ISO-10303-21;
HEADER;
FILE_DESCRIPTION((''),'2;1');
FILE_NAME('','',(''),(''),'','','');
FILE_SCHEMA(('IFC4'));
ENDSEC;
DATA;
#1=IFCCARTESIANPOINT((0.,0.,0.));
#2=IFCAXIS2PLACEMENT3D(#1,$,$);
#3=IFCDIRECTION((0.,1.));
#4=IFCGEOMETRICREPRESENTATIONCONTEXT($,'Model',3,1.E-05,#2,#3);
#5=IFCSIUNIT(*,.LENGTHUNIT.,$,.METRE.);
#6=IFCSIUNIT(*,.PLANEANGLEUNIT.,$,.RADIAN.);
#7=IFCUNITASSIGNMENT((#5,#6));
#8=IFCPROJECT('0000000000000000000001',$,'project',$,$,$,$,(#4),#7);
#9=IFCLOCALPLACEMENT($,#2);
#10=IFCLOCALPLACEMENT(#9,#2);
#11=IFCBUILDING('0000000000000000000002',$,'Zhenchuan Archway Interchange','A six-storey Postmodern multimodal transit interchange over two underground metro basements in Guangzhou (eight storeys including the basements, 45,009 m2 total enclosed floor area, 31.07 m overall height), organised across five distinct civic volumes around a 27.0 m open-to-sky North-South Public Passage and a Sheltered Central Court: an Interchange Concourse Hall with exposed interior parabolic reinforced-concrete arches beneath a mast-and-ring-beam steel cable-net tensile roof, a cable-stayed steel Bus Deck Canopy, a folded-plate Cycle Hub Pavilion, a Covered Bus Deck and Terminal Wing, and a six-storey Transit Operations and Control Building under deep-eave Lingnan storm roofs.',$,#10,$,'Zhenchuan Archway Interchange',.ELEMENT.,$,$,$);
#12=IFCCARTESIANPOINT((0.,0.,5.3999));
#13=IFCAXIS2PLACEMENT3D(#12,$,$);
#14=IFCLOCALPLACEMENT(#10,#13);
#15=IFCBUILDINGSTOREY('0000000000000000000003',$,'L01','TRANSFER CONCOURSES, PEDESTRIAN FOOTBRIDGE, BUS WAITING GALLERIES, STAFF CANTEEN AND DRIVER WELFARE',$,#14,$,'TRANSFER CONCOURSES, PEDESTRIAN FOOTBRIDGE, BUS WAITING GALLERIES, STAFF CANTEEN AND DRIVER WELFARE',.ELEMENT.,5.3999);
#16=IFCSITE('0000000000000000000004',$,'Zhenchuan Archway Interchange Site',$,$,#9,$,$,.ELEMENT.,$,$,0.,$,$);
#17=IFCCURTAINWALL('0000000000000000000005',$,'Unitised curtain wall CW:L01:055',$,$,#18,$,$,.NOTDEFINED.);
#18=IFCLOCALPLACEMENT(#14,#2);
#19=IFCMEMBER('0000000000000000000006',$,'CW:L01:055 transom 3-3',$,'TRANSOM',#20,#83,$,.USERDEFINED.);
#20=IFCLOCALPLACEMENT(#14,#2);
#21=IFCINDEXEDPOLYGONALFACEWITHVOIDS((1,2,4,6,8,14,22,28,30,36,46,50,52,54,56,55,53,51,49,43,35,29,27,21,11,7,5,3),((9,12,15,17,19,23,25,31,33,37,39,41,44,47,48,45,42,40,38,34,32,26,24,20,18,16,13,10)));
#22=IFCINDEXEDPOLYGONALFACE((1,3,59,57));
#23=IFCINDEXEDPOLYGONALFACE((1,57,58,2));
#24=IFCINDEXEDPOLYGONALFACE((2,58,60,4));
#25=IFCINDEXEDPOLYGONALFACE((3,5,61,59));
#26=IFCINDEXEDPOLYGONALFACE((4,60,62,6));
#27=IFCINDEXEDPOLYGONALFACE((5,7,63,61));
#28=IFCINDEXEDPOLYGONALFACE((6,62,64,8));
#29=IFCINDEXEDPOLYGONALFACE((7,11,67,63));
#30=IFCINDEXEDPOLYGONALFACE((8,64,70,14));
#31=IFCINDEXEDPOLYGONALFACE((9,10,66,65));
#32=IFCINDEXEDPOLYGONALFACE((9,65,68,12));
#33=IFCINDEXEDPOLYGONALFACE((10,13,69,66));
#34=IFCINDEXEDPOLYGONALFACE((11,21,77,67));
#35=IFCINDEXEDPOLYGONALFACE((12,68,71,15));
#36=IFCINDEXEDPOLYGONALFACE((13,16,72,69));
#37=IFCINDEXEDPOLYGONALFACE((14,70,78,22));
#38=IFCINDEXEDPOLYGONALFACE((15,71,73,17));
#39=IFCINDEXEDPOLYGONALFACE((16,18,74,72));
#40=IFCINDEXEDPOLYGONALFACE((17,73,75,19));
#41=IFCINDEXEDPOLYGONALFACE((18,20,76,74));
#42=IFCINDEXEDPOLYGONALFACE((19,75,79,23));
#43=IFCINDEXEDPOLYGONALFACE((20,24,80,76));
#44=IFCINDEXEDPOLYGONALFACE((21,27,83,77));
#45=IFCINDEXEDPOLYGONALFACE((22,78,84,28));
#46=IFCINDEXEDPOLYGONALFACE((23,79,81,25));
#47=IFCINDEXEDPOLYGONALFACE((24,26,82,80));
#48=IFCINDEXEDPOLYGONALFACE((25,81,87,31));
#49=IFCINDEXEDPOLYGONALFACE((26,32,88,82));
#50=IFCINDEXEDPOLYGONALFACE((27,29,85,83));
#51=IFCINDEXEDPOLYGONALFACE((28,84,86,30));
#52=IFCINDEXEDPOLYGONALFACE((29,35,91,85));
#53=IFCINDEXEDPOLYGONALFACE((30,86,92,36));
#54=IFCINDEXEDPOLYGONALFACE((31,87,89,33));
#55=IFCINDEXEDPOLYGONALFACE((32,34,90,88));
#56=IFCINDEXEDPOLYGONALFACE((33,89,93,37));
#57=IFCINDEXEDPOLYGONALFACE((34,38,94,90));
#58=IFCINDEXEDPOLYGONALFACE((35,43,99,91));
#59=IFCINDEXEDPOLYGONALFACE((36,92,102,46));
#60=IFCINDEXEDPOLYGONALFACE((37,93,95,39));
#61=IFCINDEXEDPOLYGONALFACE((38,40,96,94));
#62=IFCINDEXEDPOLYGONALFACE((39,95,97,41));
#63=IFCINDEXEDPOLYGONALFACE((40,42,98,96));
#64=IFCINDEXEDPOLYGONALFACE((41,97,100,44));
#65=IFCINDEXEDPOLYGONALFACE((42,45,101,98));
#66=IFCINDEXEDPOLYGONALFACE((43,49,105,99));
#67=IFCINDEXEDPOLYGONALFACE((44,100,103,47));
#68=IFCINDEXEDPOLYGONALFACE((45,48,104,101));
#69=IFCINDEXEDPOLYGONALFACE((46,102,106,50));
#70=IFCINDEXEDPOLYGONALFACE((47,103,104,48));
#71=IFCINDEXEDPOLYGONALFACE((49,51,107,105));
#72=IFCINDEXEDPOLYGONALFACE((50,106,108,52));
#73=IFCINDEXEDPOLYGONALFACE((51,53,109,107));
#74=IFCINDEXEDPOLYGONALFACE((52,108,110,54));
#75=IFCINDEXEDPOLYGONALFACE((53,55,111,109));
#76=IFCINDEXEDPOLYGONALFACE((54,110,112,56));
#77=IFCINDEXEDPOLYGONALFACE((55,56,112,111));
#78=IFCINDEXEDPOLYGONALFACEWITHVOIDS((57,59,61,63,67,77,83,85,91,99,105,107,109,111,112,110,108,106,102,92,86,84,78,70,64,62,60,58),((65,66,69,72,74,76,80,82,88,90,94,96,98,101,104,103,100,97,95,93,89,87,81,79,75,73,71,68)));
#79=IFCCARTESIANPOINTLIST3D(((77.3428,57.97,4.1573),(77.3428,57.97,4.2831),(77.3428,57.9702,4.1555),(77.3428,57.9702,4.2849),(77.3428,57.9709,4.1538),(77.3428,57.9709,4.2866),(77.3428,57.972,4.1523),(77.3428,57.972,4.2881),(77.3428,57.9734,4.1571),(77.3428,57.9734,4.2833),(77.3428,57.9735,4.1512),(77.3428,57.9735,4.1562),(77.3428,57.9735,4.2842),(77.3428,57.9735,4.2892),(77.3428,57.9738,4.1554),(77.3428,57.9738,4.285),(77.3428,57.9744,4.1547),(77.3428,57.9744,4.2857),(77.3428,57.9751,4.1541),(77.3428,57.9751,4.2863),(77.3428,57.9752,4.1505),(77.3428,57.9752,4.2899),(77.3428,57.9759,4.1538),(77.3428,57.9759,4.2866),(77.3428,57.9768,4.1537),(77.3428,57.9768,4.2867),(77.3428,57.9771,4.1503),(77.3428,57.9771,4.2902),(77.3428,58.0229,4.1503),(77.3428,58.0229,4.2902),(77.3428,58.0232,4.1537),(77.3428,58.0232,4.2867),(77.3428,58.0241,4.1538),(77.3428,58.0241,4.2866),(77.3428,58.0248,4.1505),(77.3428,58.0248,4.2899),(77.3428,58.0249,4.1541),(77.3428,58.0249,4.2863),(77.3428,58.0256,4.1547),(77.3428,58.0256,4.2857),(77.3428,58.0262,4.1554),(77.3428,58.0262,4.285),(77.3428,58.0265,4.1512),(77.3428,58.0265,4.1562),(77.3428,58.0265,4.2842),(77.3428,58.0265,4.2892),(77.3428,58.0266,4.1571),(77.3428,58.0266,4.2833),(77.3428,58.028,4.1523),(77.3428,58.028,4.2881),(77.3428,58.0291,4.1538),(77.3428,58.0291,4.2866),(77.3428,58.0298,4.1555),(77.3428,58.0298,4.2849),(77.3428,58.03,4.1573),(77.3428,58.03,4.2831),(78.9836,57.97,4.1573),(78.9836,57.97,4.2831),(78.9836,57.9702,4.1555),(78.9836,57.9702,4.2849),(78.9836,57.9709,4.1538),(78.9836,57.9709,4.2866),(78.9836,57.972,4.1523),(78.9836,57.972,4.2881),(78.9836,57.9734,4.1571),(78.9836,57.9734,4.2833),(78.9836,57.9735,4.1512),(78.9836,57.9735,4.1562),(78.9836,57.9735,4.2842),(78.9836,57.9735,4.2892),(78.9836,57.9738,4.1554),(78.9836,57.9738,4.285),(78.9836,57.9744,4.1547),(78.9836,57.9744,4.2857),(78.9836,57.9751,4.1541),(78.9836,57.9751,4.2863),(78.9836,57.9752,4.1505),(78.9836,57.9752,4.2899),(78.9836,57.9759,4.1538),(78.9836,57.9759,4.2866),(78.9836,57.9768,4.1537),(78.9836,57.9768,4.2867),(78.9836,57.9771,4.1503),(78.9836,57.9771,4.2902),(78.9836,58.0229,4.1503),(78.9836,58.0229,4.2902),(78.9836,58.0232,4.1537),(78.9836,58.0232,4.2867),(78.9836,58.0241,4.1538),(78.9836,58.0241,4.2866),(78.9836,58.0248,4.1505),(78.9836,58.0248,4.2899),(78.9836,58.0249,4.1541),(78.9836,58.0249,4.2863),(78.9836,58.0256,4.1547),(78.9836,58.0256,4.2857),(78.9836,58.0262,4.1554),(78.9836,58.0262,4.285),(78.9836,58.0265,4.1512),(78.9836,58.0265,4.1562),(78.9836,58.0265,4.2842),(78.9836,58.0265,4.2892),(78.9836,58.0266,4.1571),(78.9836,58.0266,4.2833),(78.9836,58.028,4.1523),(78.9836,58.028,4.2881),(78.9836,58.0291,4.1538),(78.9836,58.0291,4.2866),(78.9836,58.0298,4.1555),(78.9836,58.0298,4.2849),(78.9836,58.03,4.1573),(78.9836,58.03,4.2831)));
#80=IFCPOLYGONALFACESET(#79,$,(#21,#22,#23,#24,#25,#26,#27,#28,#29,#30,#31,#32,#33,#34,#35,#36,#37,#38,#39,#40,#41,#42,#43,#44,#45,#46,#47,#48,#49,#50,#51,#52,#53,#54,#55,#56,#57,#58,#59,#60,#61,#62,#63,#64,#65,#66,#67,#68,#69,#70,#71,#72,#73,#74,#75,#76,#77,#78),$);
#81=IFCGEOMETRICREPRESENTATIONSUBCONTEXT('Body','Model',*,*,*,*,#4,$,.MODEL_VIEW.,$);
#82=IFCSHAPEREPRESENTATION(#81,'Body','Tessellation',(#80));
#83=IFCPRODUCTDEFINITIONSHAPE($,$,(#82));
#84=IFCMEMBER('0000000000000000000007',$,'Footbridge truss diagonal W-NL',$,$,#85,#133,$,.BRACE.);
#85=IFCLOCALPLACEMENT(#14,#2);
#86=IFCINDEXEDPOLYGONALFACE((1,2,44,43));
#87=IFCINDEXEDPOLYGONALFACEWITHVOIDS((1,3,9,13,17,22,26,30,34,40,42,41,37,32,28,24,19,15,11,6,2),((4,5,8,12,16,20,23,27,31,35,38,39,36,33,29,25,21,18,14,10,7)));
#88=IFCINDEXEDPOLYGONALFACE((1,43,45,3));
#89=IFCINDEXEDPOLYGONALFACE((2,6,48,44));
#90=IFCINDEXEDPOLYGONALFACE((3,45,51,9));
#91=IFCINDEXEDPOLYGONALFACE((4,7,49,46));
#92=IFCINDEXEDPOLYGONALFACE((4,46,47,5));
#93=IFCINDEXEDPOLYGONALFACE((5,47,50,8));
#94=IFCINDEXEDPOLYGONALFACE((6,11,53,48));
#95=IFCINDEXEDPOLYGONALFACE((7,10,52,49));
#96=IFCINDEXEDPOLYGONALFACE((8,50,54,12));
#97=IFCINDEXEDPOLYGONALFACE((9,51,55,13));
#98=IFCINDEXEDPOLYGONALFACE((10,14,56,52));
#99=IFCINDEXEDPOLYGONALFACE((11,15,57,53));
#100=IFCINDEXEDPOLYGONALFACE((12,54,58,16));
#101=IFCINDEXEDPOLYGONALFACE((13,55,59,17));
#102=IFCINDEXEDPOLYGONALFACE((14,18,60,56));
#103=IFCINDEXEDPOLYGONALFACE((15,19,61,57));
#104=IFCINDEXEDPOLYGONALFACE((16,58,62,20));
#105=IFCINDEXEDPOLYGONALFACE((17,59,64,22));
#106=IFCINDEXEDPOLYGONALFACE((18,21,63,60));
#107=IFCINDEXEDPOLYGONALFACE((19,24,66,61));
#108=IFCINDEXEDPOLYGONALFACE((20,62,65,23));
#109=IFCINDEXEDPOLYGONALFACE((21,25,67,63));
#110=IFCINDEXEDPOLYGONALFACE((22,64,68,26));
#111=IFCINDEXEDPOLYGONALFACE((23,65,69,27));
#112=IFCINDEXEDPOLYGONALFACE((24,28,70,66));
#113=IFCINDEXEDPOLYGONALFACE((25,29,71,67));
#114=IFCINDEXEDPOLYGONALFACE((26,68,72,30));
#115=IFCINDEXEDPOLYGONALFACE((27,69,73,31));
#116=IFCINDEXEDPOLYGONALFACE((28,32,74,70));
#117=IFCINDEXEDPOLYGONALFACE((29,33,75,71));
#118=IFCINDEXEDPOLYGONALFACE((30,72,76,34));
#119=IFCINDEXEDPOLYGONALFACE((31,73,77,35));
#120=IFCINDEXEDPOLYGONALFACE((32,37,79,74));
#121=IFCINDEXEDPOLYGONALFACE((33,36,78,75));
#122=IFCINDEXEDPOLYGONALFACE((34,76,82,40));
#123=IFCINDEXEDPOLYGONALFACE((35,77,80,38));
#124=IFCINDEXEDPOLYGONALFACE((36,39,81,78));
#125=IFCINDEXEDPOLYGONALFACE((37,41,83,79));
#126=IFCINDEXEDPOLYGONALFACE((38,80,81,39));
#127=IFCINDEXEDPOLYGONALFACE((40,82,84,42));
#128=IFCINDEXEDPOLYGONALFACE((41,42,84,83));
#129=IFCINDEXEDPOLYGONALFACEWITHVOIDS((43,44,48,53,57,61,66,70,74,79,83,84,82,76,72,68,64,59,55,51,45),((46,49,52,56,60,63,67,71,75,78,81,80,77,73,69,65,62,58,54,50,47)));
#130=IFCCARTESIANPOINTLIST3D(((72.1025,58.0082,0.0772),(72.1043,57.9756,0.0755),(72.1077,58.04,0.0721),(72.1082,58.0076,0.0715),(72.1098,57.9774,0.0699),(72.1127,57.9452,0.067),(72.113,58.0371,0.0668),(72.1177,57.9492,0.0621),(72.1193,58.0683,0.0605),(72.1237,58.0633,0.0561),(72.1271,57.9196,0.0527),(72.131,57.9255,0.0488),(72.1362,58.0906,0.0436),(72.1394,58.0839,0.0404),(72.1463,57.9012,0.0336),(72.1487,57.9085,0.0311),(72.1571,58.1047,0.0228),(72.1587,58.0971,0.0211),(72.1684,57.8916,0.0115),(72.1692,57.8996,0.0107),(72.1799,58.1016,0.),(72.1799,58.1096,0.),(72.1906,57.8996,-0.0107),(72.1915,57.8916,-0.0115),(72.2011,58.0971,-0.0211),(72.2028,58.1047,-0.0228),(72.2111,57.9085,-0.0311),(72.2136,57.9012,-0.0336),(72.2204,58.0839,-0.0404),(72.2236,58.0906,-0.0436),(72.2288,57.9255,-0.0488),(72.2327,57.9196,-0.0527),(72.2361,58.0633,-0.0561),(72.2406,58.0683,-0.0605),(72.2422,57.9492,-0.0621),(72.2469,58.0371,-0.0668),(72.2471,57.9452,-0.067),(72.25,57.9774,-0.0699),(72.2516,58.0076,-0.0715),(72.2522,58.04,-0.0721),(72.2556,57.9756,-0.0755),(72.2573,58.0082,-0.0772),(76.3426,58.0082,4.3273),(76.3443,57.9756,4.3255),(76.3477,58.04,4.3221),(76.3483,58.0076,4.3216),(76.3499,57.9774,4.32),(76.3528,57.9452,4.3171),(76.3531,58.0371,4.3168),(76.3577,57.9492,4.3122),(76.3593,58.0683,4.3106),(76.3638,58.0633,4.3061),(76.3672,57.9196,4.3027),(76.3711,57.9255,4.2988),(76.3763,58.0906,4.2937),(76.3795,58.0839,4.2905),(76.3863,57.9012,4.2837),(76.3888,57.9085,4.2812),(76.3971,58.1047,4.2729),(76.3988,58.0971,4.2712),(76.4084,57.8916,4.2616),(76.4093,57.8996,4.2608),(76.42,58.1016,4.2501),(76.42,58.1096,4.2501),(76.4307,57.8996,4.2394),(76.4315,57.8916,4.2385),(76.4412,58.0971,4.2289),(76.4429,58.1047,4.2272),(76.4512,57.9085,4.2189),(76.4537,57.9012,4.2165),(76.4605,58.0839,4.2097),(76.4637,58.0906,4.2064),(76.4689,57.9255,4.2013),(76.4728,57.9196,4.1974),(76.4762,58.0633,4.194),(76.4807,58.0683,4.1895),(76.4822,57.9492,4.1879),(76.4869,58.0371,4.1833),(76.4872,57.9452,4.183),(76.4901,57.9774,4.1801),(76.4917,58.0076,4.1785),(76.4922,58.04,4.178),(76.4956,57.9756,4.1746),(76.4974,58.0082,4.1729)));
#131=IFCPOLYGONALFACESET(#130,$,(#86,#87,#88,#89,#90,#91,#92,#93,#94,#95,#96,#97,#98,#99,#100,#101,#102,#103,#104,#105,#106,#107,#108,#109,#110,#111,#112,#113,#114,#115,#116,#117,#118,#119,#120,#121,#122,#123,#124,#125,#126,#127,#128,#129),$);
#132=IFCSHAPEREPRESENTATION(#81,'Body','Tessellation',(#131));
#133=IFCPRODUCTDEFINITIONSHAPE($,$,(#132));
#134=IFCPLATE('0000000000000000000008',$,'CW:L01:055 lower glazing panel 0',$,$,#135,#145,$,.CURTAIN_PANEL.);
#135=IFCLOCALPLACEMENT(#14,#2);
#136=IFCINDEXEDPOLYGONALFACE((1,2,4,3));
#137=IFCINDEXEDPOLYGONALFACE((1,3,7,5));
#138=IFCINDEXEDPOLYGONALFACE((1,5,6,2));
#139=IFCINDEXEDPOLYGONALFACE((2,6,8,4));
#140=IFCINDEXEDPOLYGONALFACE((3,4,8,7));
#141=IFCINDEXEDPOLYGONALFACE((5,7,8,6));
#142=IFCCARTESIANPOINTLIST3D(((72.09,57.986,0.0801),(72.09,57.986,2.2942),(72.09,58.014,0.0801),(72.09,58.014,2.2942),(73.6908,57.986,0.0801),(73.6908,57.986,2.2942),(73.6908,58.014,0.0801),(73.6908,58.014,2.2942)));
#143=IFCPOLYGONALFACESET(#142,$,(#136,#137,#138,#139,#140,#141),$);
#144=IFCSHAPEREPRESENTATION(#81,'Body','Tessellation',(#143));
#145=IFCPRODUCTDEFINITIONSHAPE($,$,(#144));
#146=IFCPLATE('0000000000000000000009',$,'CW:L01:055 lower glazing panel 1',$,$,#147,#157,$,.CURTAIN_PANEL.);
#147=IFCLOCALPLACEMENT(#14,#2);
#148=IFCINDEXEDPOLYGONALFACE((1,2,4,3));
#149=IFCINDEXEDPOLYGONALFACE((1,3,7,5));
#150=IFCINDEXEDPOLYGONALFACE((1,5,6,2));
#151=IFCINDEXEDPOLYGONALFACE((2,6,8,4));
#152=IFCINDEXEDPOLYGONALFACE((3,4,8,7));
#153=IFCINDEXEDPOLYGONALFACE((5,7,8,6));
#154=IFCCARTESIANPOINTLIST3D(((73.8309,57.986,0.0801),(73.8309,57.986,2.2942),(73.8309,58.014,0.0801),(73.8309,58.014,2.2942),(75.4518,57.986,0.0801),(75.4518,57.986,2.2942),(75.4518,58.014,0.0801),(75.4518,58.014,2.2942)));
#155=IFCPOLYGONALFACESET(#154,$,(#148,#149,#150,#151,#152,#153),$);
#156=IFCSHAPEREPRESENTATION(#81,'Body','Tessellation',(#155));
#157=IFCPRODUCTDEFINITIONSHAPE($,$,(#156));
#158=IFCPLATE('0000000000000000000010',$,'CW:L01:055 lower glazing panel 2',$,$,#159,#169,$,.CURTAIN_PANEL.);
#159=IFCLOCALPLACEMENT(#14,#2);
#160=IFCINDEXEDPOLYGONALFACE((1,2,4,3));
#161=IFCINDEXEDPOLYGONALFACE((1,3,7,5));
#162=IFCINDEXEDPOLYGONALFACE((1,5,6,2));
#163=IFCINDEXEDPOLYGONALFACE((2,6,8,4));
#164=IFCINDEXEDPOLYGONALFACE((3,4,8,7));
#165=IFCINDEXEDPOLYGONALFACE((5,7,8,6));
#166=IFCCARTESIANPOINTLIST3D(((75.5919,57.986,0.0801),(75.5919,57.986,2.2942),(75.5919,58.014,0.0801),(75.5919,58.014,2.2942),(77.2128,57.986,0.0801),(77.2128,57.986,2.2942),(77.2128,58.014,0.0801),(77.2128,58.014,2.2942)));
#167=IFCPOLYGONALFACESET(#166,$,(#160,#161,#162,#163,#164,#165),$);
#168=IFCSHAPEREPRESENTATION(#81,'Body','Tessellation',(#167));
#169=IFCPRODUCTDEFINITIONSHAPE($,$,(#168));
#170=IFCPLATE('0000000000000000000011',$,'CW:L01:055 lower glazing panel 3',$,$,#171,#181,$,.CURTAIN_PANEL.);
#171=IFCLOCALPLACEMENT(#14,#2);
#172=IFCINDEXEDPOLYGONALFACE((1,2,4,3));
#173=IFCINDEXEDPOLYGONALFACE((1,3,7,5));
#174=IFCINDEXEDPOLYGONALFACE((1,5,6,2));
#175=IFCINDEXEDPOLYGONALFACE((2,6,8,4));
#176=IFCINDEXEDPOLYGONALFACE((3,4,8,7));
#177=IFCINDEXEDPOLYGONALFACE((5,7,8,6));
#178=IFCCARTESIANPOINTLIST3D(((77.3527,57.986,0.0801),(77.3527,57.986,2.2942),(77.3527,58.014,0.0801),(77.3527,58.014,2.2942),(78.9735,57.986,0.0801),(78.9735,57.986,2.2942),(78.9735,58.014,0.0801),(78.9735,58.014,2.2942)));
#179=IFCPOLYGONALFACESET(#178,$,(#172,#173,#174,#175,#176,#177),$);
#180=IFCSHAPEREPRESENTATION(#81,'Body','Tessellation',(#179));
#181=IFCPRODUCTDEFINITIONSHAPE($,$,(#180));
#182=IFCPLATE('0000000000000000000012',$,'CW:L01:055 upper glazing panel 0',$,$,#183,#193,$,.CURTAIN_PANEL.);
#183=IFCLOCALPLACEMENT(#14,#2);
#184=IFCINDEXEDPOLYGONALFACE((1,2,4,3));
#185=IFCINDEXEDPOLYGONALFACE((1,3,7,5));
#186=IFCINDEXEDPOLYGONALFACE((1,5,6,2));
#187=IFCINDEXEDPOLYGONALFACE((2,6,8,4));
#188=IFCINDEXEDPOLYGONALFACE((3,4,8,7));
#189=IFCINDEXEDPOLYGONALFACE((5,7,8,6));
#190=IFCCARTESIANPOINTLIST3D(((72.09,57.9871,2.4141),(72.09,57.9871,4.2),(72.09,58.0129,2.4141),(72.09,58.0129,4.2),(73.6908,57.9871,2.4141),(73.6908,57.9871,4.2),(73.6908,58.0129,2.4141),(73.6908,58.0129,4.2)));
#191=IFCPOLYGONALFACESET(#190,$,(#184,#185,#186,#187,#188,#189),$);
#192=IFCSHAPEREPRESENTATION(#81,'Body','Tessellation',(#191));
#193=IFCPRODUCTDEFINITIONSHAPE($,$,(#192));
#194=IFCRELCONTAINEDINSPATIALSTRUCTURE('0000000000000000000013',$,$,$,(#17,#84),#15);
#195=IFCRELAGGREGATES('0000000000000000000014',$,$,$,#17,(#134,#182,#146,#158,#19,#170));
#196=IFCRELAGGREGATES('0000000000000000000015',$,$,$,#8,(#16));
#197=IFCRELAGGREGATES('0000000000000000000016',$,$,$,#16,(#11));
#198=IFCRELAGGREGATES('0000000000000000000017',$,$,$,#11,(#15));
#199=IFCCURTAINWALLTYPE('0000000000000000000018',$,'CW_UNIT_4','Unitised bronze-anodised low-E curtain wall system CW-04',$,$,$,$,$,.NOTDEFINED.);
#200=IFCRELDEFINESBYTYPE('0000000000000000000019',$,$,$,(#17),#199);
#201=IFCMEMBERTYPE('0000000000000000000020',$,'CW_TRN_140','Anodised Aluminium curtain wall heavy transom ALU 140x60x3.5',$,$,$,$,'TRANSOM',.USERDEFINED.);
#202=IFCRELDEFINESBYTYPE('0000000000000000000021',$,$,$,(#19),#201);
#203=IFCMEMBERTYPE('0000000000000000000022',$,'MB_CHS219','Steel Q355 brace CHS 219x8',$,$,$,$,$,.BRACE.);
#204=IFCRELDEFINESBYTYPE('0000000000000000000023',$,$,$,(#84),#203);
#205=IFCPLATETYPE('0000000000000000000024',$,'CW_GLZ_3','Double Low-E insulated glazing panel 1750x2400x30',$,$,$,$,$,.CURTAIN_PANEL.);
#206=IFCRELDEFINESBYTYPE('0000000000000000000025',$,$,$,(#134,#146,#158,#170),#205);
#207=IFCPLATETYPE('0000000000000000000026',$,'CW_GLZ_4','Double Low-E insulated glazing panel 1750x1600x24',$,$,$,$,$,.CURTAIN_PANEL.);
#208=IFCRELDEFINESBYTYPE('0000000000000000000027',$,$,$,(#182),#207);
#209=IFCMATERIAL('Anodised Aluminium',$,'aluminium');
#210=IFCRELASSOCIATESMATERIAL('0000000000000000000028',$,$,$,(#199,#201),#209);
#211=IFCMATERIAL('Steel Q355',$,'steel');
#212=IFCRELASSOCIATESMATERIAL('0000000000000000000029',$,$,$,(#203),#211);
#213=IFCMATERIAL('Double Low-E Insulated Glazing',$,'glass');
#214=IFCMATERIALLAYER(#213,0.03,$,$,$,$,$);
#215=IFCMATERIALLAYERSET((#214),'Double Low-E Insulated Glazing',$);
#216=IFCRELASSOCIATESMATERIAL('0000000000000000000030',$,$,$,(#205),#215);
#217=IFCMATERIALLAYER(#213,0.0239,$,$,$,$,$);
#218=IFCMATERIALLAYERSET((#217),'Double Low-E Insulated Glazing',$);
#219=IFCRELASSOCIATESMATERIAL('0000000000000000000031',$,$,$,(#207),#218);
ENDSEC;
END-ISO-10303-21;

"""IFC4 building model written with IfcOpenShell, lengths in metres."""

from ifc_helpers import new_model, si_unit, direction, frame, origin, origin_2d, place, context, subcontext, project, spatial, rectangle, hollow_rectangle, hollow_circle, extrude, material, layer, layer_set, material_profile, profile_set, type_object, element, aggregate, save


model = new_model("IFC4")

# Units and contexts
model_context = context("Model", 3, precision=1e-05, world=origin(), true_north=direction((0.0, 1.0)))
body_context = subcontext(model_context, "Body", "Model", "MODEL_VIEW")
ifc_project = project(units=[si_unit("LENGTHUNIT", "METRE"), si_unit("PLANEANGLEUNIT", "RADIAN")], contexts=[model_context])

# Site, building, storey
site_placement = place(None, origin())
site = spatial("IfcSite", under=ifc_project, at=site_placement, Name="Zhenchuan Archway Interchange Site", CompositionType="ELEMENT", RefElevation=0.0)
building_placement = place(site_placement, origin())
building = spatial("IfcBuilding", under=site, at=building_placement, Name="Zhenchuan Archway Interchange", Description="A six-storey Postmodern multimodal transit interchange over two underground metro basements in Guangzhou (eight storeys including the basements, 45,009 m2 total enclosed floor area, 31.07 m overall height), organised across five distinct civic volumes around a 27.0 m open-to-sky North-South Public Passage and a Sheltered Central Court: an Interchange Concourse Hall with exposed interior parabolic reinforced-concrete arches beneath a mast-and-ring-beam steel cable-net tensile roof, a cable-stayed steel Bus Deck Canopy, a folded-plate Cycle Hub Pavilion, a Covered Bus Deck and Terminal Wing, and a six-storey Transit Operations and Control Building under deep-eave Lingnan storm roofs.", LongName="Zhenchuan Archway Interchange", CompositionType="ELEMENT")
storey_placement = place(building_placement, frame((0.0, 0.0, 5.3999)))
storey = spatial("IfcBuildingStorey", under=building, at=storey_placement, Name="L01", Description="TRANSFER CONCOURSES, PEDESTRIAN FOOTBRIDGE, BUS WAITING GALLERIES, STAFF CANTEEN AND DRIVER WELFARE", LongName="TRANSFER CONCOURSES, PEDESTRIAN FOOTBRIDGE, BUS WAITING GALLERIES, STAFF CANTEEN AND DRIVER WELFARE", CompositionType="ELEMENT", Elevation=5.3999)

# Shared definitions
ifc_material_1 = material(Name="Anodised Aluminium", Category="aluminium")

# Curtain wall, member
curtain_wall_type_1 = type_object("IfcCurtainWallType", Name="CW_UNIT_4", Description="Unitised bronze-anodised low-E curtain wall system CW-04", PredefinedType="NOTDEFINED", material=ifc_material_1)
curtain_wall_1_placement = place(storey_placement, origin())
curtain_wall_1 = element("IfcCurtainWall", 1, at=curtain_wall_1_placement, inside=storey, type_object=curtain_wall_type_1, Name="Unitised curtain wall CW:L01:055", PredefinedType="NOTDEFINED")
ifc_material_profile_1 = material_profile(ifc_material_1, hollow_rectangle(XDim=0.0601, YDim=0.1399, WallThickness=0.0034, InnerFilletRadius=0.0034, OuterFilletRadius=0.0071, at=origin_2d()), Name="ALU 140x60x3.5")
ifc_profile_set_1 = profile_set([ifc_material_profile_1], Name="Anodised Aluminium")
member_type_1 = type_object("IfcMemberType", Name="CW_TRN_140", Description="Anodised Aluminium curtain wall heavy transom ALU 140x60x3.5", ElementType="TRANSOM", PredefinedType="USERDEFINED", material=ifc_profile_set_1)
member_1_placement = place(storey_placement, frame((77.3428, 58.0, 4.2202), z_axis=(1.0, 0.0, 0.0), x_axis=(0.0, 1.0, 0.0)))
member_1 = element("IfcMember", 2, at=member_1_placement, type_object=member_type_1, Name="CW:L01:055 transom 3-3", ObjectType="TRANSOM", PredefinedType="USERDEFINED", context=body_context, shape_type="SweptSolid", body=[
    extrude(hollow_rectangle(XDim=0.0601, YDim=0.1399, WallThickness=0.0034, InnerFilletRadius=0.0034, OuterFilletRadius=0.0071, at=origin_2d()), origin(), (0.0, 0.0, 1.0), 1.6409),
])

# Member
ifc_material_2 = material(Name="Steel Q355", Category="steel")
ifc_material_profile_2 = material_profile(ifc_material_2, hollow_circle(Radius=0.1096, WallThickness=0.0081, at=origin_2d()), Name="CHS 219x8")
ifc_profile_set_2 = profile_set([ifc_material_profile_2], Name="Steel Q355")
member_type_2 = type_object("IfcMemberType", Name="MB_CHS219", Description="Steel Q355 brace CHS 219x8", PredefinedType="BRACE", material=ifc_profile_set_2)
member_2_placement = place(storey_placement, frame((72.1799, 58.0, 0.0), z_axis=(0.706273, 0.0, 0.70794), x_axis=(0.0, 1.0, 0.0)))
element("IfcMember", 3, at=member_2_placement, inside=storey, type_object=member_type_2, Name="Footbridge truss diagonal W-NL", PredefinedType="BRACE", context=body_context, shape_type="SweptSolid", body=[
    extrude(hollow_circle(Radius=0.1096, WallThickness=0.0081, at=origin_2d()), origin(), (0.0, 0.0, 1.0), 6.0034),
])

# Plates
ifc_material_3 = material(Name="Double Low-E Insulated Glazing", Category="glass")
ifc_layer_1 = layer(ifc_material_3, 0.03)
ifc_layer_set_1 = layer_set([ifc_layer_1], Name="Double Low-E Insulated Glazing")
plate_type_1 = type_object("IfcPlateType", Name="CW_GLZ_3", Description="Double Low-E insulated glazing panel 1750x2400x30", PredefinedType="CURTAIN_PANEL", material=ifc_layer_set_1)
plate_1_placement = place(storey_placement, frame((72.8904, 58.0, 0.0801), z_axis=(0.0, 0.0, 1.0), x_axis=(1.0, 0.0, 0.0)))
plate_1 = element("IfcPlate", 4, at=plate_1_placement, type_object=plate_type_1, Name="CW:L01:055 lower glazing panel 0", PredefinedType="CURTAIN_PANEL", context=body_context, shape_type="SweptSolid", body=[
    extrude(rectangle(XDim=1.6008, YDim=0.0281, at=origin_2d()), origin(), (0.0, 0.0, 1.0), 2.2141),
])
plate_2_placement = place(storey_placement, frame((74.6414, 58.0, 0.0801), z_axis=(0.0, 0.0, 1.0), x_axis=(1.0, 0.0, 0.0)))
plate_2 = element("IfcPlate", 5, at=plate_2_placement, type_object=plate_type_1, Name="CW:L01:055 lower glazing panel 1", PredefinedType="CURTAIN_PANEL", context=body_context, shape_type="SweptSolid", body=[
    extrude(rectangle(XDim=1.6208, YDim=0.0281, at=origin_2d()), origin(), (0.0, 0.0, 1.0), 2.2141),
])
plate_3_placement = place(storey_placement, frame((76.4023, 58.0, 0.0801), z_axis=(0.0, 0.0, 1.0), x_axis=(1.0, 0.0, 0.0)))
plate_3 = element("IfcPlate", 6, at=plate_3_placement, type_object=plate_type_1, Name="CW:L01:055 lower glazing panel 2", PredefinedType="CURTAIN_PANEL", context=body_context, shape_type="SweptSolid", body=[
    extrude(rectangle(XDim=1.6208, YDim=0.0281, at=origin_2d()), origin(), (0.0, 0.0, 1.0), 2.2141),
])
plate_4_placement = place(storey_placement, frame((78.1631, 58.0, 0.0801), z_axis=(0.0, 0.0, 1.0), x_axis=(1.0, 0.0, 0.0)))
plate_4 = element("IfcPlate", 7, at=plate_4_placement, type_object=plate_type_1, Name="CW:L01:055 lower glazing panel 3", PredefinedType="CURTAIN_PANEL", context=body_context, shape_type="SweptSolid", body=[
    extrude(rectangle(XDim=1.6208, YDim=0.0281, at=origin_2d()), origin(), (0.0, 0.0, 1.0), 2.2141),
])
ifc_layer_2 = layer(ifc_material_3, 0.0239)
ifc_layer_set_2 = layer_set([ifc_layer_2], Name="Double Low-E Insulated Glazing")
plate_type_2 = type_object("IfcPlateType", Name="CW_GLZ_4", Description="Double Low-E insulated glazing panel 1750x1600x24", PredefinedType="CURTAIN_PANEL", material=ifc_layer_set_2)
plate_5_placement = place(storey_placement, frame((72.8904, 58.0, 2.4141), z_axis=(0.0, 0.0, 1.0), x_axis=(1.0, 0.0, 0.0)))
plate_5 = element("IfcPlate", 8, at=plate_5_placement, type_object=plate_type_2, Name="CW:L01:055 upper glazing panel 0", PredefinedType="CURTAIN_PANEL", context=body_context, shape_type="SweptSolid", body=[
    extrude(rectangle(XDim=1.6008, YDim=0.0259, at=origin_2d()), origin(), (0.0, 0.0, 1.0), 1.7859),
])
aggregate(curtain_wall_1, [plate_1, plate_5, plate_2, plate_3, member_1, plate_4])

save(model, "model.ifc")
